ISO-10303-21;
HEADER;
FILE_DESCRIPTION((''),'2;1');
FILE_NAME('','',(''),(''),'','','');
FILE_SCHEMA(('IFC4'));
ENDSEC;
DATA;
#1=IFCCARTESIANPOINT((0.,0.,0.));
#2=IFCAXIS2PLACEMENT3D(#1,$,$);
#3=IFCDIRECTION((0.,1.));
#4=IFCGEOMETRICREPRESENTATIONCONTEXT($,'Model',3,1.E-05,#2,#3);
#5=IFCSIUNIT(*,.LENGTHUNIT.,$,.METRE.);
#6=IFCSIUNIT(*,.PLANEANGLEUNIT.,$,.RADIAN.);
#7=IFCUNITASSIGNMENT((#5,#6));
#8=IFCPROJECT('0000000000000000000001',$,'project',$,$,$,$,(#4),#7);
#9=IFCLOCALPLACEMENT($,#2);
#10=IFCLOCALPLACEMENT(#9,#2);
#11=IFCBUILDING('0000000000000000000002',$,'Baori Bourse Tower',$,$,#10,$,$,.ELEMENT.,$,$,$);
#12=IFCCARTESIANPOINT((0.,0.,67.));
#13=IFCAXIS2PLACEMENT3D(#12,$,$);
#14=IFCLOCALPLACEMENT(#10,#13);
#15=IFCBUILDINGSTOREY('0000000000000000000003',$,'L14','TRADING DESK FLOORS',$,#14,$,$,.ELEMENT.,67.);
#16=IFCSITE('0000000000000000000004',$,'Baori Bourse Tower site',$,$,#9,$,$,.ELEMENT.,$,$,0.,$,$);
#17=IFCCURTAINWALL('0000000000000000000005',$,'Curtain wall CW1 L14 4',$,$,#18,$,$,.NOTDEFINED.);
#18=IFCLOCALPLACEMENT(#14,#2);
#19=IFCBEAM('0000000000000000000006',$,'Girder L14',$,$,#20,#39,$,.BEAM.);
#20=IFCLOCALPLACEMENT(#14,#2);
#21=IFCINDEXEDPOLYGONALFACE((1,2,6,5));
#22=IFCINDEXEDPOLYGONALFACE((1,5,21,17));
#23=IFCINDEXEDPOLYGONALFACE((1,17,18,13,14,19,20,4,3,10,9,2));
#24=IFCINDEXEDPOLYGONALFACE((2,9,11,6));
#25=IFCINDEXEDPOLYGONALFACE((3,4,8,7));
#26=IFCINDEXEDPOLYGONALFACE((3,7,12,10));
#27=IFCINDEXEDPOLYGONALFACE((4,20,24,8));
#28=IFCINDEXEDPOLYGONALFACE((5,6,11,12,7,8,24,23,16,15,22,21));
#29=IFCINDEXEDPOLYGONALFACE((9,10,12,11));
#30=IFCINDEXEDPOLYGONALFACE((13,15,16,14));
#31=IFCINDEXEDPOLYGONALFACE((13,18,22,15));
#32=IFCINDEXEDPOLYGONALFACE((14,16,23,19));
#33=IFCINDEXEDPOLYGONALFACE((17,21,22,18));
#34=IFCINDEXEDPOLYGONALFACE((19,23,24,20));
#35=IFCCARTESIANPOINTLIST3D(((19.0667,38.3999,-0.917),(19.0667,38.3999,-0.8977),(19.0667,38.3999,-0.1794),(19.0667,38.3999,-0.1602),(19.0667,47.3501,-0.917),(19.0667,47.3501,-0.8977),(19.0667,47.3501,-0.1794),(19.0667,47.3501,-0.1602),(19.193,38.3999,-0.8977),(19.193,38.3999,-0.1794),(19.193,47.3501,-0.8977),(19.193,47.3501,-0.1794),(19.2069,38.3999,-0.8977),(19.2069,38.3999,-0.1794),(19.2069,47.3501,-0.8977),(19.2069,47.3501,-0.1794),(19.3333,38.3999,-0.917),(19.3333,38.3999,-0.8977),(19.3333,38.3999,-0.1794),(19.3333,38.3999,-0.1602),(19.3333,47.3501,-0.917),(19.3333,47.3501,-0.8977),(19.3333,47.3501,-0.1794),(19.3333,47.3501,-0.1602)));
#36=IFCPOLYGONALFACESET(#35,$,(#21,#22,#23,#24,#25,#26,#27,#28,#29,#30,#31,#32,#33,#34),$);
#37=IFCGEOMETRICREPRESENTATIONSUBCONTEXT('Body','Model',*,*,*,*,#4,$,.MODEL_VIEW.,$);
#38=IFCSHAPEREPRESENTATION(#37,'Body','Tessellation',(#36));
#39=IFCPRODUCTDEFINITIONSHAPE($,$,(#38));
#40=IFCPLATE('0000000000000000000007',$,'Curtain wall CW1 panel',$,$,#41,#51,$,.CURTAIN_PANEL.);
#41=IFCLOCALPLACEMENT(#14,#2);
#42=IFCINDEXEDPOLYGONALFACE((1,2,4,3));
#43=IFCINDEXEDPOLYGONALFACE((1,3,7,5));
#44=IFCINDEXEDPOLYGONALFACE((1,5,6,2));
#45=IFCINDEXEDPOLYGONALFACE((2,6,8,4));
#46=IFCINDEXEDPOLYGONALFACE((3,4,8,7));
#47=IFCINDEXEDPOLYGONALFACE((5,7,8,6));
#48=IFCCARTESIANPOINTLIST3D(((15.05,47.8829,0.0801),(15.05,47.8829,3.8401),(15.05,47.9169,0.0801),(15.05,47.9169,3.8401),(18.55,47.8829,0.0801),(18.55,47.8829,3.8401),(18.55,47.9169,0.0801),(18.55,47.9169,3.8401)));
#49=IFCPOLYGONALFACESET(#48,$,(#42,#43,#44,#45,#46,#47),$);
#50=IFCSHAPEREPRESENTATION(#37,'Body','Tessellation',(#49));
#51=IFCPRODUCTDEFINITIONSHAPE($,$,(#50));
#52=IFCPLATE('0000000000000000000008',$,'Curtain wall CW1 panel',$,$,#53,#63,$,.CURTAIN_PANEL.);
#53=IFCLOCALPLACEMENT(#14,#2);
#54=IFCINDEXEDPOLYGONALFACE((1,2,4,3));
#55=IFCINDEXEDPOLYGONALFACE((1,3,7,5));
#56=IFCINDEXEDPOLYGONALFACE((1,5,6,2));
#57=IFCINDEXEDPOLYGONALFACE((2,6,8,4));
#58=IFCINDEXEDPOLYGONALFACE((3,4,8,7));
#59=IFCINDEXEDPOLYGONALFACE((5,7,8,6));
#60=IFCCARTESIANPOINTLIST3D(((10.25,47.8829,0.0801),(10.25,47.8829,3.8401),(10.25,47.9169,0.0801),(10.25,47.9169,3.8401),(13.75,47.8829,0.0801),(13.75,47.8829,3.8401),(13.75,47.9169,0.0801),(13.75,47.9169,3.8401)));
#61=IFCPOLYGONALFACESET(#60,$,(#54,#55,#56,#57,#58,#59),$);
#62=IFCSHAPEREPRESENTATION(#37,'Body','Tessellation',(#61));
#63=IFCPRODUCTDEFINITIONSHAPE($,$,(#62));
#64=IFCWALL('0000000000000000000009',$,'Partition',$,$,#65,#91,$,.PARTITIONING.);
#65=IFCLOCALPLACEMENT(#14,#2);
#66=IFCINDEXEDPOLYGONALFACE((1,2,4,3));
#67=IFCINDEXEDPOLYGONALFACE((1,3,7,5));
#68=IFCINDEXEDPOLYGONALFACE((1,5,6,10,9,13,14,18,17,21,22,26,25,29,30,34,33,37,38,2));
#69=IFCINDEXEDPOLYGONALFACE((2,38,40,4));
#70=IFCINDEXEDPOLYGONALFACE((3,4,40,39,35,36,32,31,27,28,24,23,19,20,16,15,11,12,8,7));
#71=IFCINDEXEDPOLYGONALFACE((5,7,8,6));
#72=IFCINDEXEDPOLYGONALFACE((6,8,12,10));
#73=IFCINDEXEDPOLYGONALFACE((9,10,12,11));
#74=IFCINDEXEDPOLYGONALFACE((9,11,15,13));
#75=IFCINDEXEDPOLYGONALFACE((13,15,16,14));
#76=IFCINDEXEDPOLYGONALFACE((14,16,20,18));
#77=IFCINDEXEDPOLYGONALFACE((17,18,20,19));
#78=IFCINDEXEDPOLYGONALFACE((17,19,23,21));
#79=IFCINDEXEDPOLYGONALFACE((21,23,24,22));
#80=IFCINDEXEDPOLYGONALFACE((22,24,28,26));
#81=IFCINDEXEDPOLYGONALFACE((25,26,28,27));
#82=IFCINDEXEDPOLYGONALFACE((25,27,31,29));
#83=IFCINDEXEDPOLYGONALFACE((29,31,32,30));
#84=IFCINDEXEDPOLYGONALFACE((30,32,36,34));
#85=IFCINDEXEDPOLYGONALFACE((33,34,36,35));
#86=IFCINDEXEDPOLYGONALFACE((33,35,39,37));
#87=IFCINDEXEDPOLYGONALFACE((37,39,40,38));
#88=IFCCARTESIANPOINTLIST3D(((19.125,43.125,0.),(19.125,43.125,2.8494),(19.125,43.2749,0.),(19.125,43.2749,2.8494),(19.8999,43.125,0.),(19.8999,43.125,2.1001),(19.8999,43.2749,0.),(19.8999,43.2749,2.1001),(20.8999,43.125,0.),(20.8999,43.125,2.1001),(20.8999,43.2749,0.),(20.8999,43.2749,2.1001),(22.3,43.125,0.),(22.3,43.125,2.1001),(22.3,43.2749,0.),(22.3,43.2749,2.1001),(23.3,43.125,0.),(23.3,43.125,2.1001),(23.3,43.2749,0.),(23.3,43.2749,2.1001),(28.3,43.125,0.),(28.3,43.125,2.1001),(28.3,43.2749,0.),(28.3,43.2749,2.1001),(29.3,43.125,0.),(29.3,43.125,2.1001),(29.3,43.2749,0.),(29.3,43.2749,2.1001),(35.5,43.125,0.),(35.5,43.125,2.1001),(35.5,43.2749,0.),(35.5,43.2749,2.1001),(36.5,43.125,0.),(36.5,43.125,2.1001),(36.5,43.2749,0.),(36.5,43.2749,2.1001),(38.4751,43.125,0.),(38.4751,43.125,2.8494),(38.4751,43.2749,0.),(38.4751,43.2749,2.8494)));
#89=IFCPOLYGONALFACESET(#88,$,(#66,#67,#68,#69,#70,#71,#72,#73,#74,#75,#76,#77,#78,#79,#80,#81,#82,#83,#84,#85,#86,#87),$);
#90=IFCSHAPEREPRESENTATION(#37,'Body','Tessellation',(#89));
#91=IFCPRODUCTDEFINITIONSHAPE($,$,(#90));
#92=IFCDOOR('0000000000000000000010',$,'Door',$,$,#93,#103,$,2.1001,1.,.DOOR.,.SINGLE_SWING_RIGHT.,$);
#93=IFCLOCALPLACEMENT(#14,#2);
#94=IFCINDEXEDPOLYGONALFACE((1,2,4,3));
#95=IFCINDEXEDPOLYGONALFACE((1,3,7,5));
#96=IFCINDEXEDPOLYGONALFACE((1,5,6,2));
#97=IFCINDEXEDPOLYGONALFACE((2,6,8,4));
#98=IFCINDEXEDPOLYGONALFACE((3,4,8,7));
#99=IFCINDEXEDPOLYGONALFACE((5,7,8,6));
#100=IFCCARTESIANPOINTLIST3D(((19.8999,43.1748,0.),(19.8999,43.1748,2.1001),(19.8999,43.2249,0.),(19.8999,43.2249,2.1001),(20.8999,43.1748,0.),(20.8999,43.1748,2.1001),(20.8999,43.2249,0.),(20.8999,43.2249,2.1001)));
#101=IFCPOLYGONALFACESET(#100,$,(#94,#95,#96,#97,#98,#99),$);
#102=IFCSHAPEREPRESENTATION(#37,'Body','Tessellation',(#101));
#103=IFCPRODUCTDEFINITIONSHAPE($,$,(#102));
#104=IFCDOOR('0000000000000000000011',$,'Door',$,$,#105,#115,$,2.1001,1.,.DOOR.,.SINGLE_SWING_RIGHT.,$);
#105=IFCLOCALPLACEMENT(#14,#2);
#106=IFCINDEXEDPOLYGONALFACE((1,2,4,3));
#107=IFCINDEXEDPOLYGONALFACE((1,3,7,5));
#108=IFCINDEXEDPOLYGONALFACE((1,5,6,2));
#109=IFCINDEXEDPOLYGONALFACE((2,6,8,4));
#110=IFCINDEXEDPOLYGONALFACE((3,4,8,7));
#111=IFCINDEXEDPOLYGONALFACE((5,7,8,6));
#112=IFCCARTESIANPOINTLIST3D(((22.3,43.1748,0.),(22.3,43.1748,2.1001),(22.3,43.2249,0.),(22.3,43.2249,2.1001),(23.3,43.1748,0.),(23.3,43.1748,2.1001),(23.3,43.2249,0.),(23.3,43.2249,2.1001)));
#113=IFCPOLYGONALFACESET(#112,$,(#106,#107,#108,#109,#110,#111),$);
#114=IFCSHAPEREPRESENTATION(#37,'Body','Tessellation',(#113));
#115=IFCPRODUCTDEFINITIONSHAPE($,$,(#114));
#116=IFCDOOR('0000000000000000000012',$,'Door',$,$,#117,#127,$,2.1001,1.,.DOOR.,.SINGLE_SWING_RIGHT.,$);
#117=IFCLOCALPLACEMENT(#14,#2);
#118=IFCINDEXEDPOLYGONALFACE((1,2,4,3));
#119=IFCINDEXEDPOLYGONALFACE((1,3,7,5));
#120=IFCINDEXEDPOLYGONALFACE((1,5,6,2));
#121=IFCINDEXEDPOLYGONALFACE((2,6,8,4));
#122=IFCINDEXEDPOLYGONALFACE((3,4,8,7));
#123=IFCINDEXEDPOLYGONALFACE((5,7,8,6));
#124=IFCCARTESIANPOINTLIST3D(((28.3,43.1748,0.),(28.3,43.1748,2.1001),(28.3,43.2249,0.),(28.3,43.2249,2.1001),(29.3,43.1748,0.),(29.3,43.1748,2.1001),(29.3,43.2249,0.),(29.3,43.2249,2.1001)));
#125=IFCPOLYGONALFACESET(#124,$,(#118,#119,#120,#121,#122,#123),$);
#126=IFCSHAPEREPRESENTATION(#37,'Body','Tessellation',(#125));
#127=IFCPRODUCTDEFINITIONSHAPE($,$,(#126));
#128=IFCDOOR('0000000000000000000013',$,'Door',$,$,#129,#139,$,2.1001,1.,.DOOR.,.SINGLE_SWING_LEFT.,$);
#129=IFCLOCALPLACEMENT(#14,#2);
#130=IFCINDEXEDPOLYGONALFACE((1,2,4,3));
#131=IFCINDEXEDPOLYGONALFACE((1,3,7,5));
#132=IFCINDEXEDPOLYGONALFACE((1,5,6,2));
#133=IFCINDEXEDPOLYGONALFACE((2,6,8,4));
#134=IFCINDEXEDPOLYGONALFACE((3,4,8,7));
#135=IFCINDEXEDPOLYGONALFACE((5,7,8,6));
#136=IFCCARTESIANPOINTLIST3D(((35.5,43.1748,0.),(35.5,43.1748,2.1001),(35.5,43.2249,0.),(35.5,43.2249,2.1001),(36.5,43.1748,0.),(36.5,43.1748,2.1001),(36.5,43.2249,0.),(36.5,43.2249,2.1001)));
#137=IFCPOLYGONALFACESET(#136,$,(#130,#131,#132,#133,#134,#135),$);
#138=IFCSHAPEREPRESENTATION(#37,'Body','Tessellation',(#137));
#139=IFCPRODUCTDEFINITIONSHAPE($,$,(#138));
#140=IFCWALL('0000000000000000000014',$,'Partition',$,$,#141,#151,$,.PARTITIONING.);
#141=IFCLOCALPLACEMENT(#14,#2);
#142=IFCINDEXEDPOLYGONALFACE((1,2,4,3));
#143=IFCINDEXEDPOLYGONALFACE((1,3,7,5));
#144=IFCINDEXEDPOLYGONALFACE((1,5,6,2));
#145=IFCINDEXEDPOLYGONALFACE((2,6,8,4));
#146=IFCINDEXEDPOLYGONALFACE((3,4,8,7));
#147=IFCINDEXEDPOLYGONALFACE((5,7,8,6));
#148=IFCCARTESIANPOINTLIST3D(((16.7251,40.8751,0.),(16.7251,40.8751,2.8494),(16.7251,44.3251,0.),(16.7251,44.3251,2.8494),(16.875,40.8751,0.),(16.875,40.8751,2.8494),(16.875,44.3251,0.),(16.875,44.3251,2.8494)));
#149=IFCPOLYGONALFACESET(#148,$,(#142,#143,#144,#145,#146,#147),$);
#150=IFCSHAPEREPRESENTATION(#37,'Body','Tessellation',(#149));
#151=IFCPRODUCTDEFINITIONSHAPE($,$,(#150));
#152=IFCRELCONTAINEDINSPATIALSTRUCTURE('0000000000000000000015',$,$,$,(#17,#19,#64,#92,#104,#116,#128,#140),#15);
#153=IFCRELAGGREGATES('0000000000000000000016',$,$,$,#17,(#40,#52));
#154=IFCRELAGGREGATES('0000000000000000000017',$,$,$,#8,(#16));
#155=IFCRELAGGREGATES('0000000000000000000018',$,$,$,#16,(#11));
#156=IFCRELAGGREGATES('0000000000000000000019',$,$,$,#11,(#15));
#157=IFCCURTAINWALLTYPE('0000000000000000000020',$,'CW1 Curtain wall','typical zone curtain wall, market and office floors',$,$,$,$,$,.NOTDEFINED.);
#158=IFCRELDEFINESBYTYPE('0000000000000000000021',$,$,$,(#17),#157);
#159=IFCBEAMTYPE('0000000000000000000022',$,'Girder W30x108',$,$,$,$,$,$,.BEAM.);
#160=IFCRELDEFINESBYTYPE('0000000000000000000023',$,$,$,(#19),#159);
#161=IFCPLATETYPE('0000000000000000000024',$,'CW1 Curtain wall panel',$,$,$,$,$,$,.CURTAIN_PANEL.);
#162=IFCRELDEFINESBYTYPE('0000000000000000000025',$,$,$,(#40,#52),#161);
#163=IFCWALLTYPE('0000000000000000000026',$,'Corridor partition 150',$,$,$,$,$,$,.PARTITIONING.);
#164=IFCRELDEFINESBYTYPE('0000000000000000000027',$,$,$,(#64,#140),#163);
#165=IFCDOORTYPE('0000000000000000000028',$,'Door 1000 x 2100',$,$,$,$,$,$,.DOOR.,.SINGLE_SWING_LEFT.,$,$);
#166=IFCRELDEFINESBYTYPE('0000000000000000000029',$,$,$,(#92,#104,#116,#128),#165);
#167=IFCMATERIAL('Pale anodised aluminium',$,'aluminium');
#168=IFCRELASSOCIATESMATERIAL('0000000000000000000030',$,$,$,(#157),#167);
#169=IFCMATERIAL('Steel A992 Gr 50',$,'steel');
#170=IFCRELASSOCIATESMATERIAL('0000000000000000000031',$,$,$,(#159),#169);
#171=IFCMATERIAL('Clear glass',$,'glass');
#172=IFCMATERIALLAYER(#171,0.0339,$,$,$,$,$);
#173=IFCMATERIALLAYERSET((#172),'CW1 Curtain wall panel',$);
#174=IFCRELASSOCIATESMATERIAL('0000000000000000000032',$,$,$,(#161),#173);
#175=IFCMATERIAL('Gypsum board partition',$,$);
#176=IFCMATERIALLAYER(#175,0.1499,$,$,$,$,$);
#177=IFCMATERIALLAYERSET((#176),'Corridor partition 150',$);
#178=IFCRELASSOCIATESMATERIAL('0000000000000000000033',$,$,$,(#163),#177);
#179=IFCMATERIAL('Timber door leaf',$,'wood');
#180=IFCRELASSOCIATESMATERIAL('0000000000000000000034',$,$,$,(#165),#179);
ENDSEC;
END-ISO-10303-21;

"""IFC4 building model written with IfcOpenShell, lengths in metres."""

from ifc_helpers import new_model, si_unit, direction, frame, frame_2d, origin, origin_2d, place, context, subcontext, project, spatial, rectangle, i_section, extrude, material, layer, layer_set, material_profile, profile_set, type_object, element, fill, aggregate, save


model = new_model("IFC4")

# Units and contexts
model_context = context("Model", 3, precision=1e-05, world=origin(), true_north=direction((0.0, 1.0)))
body_context = subcontext(model_context, "Body", "Model", "MODEL_VIEW")
ifc_project = project(units=[si_unit("LENGTHUNIT", "METRE"), si_unit("PLANEANGLEUNIT", "RADIAN")], contexts=[model_context])

# Site, building, storey
site_placement = place(None, origin())
site = spatial("IfcSite", under=ifc_project, at=site_placement, Name="Baori Bourse Tower site", CompositionType="ELEMENT", RefElevation=0.0)
building_placement = place(site_placement, origin())
building = spatial("IfcBuilding", under=site, at=building_placement, Name="Baori Bourse Tower", CompositionType="ELEMENT")
storey_placement = place(building_placement, frame((0.0, 0.0, 67.0)))
storey = spatial("IfcBuildingStorey", under=building, at=storey_placement, Name="L14", Description="TRADING DESK FLOORS", CompositionType="ELEMENT", Elevation=67.0)

# Curtain wall
ifc_material_1 = material(Name="Pale anodised aluminium", Category="aluminium")
curtain_wall_type = type_object("IfcCurtainWallType", Name="CW1 Curtain wall", Description="typical zone curtain wall, market and office floors", PredefinedType="NOTDEFINED", material=ifc_material_1)
curtain_wall_placement = place(storey_placement, origin())
curtain_wall = element("IfcCurtainWall", 1, at=curtain_wall_placement, inside=storey, type_object=curtain_wall_type, Name="Curtain wall CW1 L14 4", PredefinedType="NOTDEFINED")

# Beam
ifc_material_2 = material(Name="Steel A992 Gr 50", Category="steel")
ifc_material_profile_1 = material_profile(ifc_material_2, i_section(OverallWidth=0.2666, OverallDepth=0.7568, WebThickness=0.0139, FlangeThickness=0.0193, at=origin_2d()), Name="W30x108")
ifc_profile_set_1 = profile_set([ifc_material_profile_1], Name="Steel A992 Gr 50")
beam_type_1 = type_object("IfcBeamType", Name="Girder W30x108", PredefinedType="BEAM", material=ifc_profile_set_1)
beam_1_placement = place(storey_placement, frame((19.2, 38.3999, -0.5386), z_axis=(0.0, 1.0, 0.0), x_axis=(-1.0, 0.0, 0.0)))
element("IfcBeam", 2, at=beam_1_placement, inside=storey, type_object=beam_type_1, Name="Girder L14", PredefinedType="BEAM", context=body_context, shape_type="SweptSolid", body=[
    extrude(i_section(OverallWidth=0.2666, OverallDepth=0.7568, WebThickness=0.0139, FlangeThickness=0.0193, at=origin_2d()), origin(), (0.0, 0.0, 1.0), 8.9502),
])

# Plates
ifc_material_3 = material(Name="Clear glass", Category="glass")
ifc_layer_1 = layer(ifc_material_3, 0.0339)
ifc_layer_set_1 = layer_set([ifc_layer_1], Name="CW1 Curtain wall panel")
plate_type = type_object("IfcPlateType", Name="CW1 Curtain wall panel", PredefinedType="CURTAIN_PANEL", material=ifc_layer_set_1)
plate_1_placement = place(storey_placement, frame((16.8, 47.8999, 0.0801), z_axis=(0.0, 0.0, 1.0), x_axis=(-1.0, 0.0, 0.0)))
plate_1 = element("IfcPlate", 3, at=plate_1_placement, type_object=plate_type, Name="Curtain wall CW1 panel", PredefinedType="CURTAIN_PANEL", context=body_context, shape_type="SweptSolid", body=[
    extrude(rectangle(XDim=3.5, YDim=0.0339, at=origin_2d()), origin(), (0.0, 0.0, 1.0), 3.76),
])
plate_2_placement = place(storey_placement, frame((12.0, 47.8999, 0.0801), z_axis=(0.0, 0.0, 1.0), x_axis=(-1.0, 0.0, 0.0)))
plate_2 = element("IfcPlate", 4, at=plate_2_placement, type_object=plate_type, Name="Curtain wall CW1 panel", PredefinedType="CURTAIN_PANEL", context=body_context, shape_type="SweptSolid", body=[
    extrude(rectangle(XDim=3.5, YDim=0.0339, at=origin_2d()), origin(), (0.0, 0.0, 1.0), 3.76),
])
aggregate(curtain_wall, [plate_1, plate_2])

# Wall, openings, doors
ifc_material_4 = material(Name="Gypsum board partition")
ifc_layer_2 = layer(ifc_material_4, 0.1499)
ifc_layer_set_2 = layer_set([ifc_layer_2], Name="Corridor partition 150")
wall_type_1 = type_object("IfcWallType", Name="Corridor partition 150", PredefinedType="PARTITIONING", material=ifc_layer_set_2)
wall_1_placement = place(storey_placement, frame((19.125, 43.2, 0.0), z_axis=(0.0, 0.0, 1.0), x_axis=(1.0, 0.0, 0.0)))
wall_1 = element("IfcWall", 5, at=wall_1_placement, inside=storey, type_object=wall_type_1, Name="Partition", PredefinedType="PARTITIONING", context=body_context, shape_type="SweptSolid", body=[
    extrude(rectangle(XDim=19.3501, YDim=0.1499, at=frame_2d((9.675, 0.0))), origin(), (0.0, 0.0, 1.0), 2.8494),
])
opening_1_placement = place(wall_1_placement, frame((0.7749, 0.0, 0.0)))
opening_1 = element("IfcOpeningElement", 6, at=opening_1_placement, cuts=wall_1, PredefinedType="OPENING", context=body_context, shape_type="SweptSolid", body=[
    extrude(rectangle(XDim=1.0, YDim=2.1001, at=frame_2d((0.5, 1.05))), frame((0.0, 0.085, 0.0), z_axis=(0.0, -1.0, 0.0), x_axis=(1.0, 0.0, 0.0)), (0.0, 0.0, 1.0), 0.1699),
])
opening_2_placement = place(wall_1_placement, frame((3.175, 0.0, 0.0)))
opening_2 = element("IfcOpeningElement", 7, at=opening_2_placement, cuts=wall_1, PredefinedType="OPENING", context=body_context, shape_type="SweptSolid", body=[
    extrude(rectangle(XDim=1.0, YDim=2.1001, at=frame_2d((0.5, 1.05))), frame((0.0, 0.085, 0.0), z_axis=(0.0, -1.0, 0.0), x_axis=(1.0, 0.0, 0.0)), (0.0, 0.0, 1.0), 0.1699),
])
opening_3_placement = place(wall_1_placement, frame((9.175, 0.0, 0.0)))
opening_3 = element("IfcOpeningElement", 8, at=opening_3_placement, cuts=wall_1, PredefinedType="OPENING", context=body_context, shape_type="SweptSolid", body=[
    extrude(rectangle(XDim=1.0, YDim=2.1001, at=frame_2d((0.5, 1.05))), frame((0.0, 0.085, 0.0), z_axis=(0.0, -1.0, 0.0), x_axis=(1.0, 0.0, 0.0)), (0.0, 0.0, 1.0), 0.1699),
])
opening_4_placement = place(wall_1_placement, frame((16.375, 0.0, 0.0)))
opening_4 = element("IfcOpeningElement", 9, at=opening_4_placement, cuts=wall_1, PredefinedType="OPENING", context=body_context, shape_type="SweptSolid", body=[
    extrude(rectangle(XDim=1.0, YDim=2.1001, at=frame_2d((0.5, 1.05))), frame((0.0, 0.085, 0.0), z_axis=(0.0, -1.0, 0.0), x_axis=(1.0, 0.0, 0.0)), (0.0, 0.0, 1.0), 0.1699),
])
ifc_material_5 = material(Name="Timber door leaf", Category="wood")
door_type = type_object("IfcDoorType", Name="Door 1000 x 2100", OperationType="SINGLE_SWING_LEFT", PredefinedType="DOOR", material=ifc_material_5)
door_1_placement = place(opening_1_placement, origin())
door_1 = element("IfcDoor", 10, at=door_1_placement, inside=storey, type_object=door_type, Name="Door", OperationType="SINGLE_SWING_RIGHT", OverallHeight=2.1001, OverallWidth=1.0, PredefinedType="DOOR", context=body_context, shape_type="SweptSolid", body=[
    extrude(rectangle(XDim=1.0, YDim=2.1001, at=frame_2d((0.5, 1.05))), frame((0.0, 0.0249, 0.0), z_axis=(0.0, -1.0, 0.0), x_axis=(1.0, 0.0, 0.0)), (0.0, 0.0, 1.0), 0.05),
])
fill(opening_1, door_1)
door_2_placement = place(opening_2_placement, origin())
door_2 = element("IfcDoor", 11, at=door_2_placement, inside=storey, type_object=door_type, Name="Door", OperationType="SINGLE_SWING_RIGHT", OverallHeight=2.1001, OverallWidth=1.0, PredefinedType="DOOR", context=body_context, shape_type="SweptSolid", body=[
    extrude(rectangle(XDim=1.0, YDim=2.1001, at=frame_2d((0.5, 1.05))), frame((0.0, 0.0249, 0.0), z_axis=(0.0, -1.0, 0.0), x_axis=(1.0, 0.0, 0.0)), (0.0, 0.0, 1.0), 0.05),
])
fill(opening_2, door_2)
door_3_placement = place(opening_3_placement, origin())
door_3 = element("IfcDoor", 12, at=door_3_placement, inside=storey, type_object=door_type, Name="Door", OperationType="SINGLE_SWING_RIGHT", OverallHeight=2.1001, OverallWidth=1.0, PredefinedType="DOOR", context=body_context, shape_type="SweptSolid", body=[
    extrude(rectangle(XDim=1.0, YDim=2.1001, at=frame_2d((0.5, 1.05))), frame((0.0, 0.0249, 0.0), z_axis=(0.0, -1.0, 0.0), x_axis=(1.0, 0.0, 0.0)), (0.0, 0.0, 1.0), 0.05),
])
fill(opening_3, door_3)
door_4_placement = place(opening_4_placement, origin())
door_4 = element("IfcDoor", 13, at=door_4_placement, inside=storey, type_object=door_type, Name="Door", OperationType="SINGLE_SWING_LEFT", OverallHeight=2.1001, OverallWidth=1.0, PredefinedType="DOOR", context=body_context, shape_type="SweptSolid", body=[
    extrude(rectangle(XDim=1.0, YDim=2.1001, at=frame_2d((0.5, 1.05))), frame((0.0, 0.0249, 0.0), z_axis=(0.0, -1.0, 0.0), x_axis=(1.0, 0.0, 0.0)), (0.0, 0.0, 1.0), 0.05),
])
fill(opening_4, door_4)

# Wall
wall_2_placement = place(storey_placement, frame((16.8, 40.875, 0.0), z_axis=(0.0, 0.0, 1.0), x_axis=(0.0, 1.0, 0.0)))
element("IfcWall", 14, at=wall_2_placement, inside=storey, type_object=wall_type_1, Name="Partition", PredefinedType="PARTITIONING", context=body_context, shape_type="SweptSolid", body=[
    extrude(rectangle(XDim=3.45, YDim=0.1499, at=frame_2d((1.7251, 0.0))), origin(), (0.0, 0.0, 1.0), 2.8494),
])

save(model, "model.ifc")
